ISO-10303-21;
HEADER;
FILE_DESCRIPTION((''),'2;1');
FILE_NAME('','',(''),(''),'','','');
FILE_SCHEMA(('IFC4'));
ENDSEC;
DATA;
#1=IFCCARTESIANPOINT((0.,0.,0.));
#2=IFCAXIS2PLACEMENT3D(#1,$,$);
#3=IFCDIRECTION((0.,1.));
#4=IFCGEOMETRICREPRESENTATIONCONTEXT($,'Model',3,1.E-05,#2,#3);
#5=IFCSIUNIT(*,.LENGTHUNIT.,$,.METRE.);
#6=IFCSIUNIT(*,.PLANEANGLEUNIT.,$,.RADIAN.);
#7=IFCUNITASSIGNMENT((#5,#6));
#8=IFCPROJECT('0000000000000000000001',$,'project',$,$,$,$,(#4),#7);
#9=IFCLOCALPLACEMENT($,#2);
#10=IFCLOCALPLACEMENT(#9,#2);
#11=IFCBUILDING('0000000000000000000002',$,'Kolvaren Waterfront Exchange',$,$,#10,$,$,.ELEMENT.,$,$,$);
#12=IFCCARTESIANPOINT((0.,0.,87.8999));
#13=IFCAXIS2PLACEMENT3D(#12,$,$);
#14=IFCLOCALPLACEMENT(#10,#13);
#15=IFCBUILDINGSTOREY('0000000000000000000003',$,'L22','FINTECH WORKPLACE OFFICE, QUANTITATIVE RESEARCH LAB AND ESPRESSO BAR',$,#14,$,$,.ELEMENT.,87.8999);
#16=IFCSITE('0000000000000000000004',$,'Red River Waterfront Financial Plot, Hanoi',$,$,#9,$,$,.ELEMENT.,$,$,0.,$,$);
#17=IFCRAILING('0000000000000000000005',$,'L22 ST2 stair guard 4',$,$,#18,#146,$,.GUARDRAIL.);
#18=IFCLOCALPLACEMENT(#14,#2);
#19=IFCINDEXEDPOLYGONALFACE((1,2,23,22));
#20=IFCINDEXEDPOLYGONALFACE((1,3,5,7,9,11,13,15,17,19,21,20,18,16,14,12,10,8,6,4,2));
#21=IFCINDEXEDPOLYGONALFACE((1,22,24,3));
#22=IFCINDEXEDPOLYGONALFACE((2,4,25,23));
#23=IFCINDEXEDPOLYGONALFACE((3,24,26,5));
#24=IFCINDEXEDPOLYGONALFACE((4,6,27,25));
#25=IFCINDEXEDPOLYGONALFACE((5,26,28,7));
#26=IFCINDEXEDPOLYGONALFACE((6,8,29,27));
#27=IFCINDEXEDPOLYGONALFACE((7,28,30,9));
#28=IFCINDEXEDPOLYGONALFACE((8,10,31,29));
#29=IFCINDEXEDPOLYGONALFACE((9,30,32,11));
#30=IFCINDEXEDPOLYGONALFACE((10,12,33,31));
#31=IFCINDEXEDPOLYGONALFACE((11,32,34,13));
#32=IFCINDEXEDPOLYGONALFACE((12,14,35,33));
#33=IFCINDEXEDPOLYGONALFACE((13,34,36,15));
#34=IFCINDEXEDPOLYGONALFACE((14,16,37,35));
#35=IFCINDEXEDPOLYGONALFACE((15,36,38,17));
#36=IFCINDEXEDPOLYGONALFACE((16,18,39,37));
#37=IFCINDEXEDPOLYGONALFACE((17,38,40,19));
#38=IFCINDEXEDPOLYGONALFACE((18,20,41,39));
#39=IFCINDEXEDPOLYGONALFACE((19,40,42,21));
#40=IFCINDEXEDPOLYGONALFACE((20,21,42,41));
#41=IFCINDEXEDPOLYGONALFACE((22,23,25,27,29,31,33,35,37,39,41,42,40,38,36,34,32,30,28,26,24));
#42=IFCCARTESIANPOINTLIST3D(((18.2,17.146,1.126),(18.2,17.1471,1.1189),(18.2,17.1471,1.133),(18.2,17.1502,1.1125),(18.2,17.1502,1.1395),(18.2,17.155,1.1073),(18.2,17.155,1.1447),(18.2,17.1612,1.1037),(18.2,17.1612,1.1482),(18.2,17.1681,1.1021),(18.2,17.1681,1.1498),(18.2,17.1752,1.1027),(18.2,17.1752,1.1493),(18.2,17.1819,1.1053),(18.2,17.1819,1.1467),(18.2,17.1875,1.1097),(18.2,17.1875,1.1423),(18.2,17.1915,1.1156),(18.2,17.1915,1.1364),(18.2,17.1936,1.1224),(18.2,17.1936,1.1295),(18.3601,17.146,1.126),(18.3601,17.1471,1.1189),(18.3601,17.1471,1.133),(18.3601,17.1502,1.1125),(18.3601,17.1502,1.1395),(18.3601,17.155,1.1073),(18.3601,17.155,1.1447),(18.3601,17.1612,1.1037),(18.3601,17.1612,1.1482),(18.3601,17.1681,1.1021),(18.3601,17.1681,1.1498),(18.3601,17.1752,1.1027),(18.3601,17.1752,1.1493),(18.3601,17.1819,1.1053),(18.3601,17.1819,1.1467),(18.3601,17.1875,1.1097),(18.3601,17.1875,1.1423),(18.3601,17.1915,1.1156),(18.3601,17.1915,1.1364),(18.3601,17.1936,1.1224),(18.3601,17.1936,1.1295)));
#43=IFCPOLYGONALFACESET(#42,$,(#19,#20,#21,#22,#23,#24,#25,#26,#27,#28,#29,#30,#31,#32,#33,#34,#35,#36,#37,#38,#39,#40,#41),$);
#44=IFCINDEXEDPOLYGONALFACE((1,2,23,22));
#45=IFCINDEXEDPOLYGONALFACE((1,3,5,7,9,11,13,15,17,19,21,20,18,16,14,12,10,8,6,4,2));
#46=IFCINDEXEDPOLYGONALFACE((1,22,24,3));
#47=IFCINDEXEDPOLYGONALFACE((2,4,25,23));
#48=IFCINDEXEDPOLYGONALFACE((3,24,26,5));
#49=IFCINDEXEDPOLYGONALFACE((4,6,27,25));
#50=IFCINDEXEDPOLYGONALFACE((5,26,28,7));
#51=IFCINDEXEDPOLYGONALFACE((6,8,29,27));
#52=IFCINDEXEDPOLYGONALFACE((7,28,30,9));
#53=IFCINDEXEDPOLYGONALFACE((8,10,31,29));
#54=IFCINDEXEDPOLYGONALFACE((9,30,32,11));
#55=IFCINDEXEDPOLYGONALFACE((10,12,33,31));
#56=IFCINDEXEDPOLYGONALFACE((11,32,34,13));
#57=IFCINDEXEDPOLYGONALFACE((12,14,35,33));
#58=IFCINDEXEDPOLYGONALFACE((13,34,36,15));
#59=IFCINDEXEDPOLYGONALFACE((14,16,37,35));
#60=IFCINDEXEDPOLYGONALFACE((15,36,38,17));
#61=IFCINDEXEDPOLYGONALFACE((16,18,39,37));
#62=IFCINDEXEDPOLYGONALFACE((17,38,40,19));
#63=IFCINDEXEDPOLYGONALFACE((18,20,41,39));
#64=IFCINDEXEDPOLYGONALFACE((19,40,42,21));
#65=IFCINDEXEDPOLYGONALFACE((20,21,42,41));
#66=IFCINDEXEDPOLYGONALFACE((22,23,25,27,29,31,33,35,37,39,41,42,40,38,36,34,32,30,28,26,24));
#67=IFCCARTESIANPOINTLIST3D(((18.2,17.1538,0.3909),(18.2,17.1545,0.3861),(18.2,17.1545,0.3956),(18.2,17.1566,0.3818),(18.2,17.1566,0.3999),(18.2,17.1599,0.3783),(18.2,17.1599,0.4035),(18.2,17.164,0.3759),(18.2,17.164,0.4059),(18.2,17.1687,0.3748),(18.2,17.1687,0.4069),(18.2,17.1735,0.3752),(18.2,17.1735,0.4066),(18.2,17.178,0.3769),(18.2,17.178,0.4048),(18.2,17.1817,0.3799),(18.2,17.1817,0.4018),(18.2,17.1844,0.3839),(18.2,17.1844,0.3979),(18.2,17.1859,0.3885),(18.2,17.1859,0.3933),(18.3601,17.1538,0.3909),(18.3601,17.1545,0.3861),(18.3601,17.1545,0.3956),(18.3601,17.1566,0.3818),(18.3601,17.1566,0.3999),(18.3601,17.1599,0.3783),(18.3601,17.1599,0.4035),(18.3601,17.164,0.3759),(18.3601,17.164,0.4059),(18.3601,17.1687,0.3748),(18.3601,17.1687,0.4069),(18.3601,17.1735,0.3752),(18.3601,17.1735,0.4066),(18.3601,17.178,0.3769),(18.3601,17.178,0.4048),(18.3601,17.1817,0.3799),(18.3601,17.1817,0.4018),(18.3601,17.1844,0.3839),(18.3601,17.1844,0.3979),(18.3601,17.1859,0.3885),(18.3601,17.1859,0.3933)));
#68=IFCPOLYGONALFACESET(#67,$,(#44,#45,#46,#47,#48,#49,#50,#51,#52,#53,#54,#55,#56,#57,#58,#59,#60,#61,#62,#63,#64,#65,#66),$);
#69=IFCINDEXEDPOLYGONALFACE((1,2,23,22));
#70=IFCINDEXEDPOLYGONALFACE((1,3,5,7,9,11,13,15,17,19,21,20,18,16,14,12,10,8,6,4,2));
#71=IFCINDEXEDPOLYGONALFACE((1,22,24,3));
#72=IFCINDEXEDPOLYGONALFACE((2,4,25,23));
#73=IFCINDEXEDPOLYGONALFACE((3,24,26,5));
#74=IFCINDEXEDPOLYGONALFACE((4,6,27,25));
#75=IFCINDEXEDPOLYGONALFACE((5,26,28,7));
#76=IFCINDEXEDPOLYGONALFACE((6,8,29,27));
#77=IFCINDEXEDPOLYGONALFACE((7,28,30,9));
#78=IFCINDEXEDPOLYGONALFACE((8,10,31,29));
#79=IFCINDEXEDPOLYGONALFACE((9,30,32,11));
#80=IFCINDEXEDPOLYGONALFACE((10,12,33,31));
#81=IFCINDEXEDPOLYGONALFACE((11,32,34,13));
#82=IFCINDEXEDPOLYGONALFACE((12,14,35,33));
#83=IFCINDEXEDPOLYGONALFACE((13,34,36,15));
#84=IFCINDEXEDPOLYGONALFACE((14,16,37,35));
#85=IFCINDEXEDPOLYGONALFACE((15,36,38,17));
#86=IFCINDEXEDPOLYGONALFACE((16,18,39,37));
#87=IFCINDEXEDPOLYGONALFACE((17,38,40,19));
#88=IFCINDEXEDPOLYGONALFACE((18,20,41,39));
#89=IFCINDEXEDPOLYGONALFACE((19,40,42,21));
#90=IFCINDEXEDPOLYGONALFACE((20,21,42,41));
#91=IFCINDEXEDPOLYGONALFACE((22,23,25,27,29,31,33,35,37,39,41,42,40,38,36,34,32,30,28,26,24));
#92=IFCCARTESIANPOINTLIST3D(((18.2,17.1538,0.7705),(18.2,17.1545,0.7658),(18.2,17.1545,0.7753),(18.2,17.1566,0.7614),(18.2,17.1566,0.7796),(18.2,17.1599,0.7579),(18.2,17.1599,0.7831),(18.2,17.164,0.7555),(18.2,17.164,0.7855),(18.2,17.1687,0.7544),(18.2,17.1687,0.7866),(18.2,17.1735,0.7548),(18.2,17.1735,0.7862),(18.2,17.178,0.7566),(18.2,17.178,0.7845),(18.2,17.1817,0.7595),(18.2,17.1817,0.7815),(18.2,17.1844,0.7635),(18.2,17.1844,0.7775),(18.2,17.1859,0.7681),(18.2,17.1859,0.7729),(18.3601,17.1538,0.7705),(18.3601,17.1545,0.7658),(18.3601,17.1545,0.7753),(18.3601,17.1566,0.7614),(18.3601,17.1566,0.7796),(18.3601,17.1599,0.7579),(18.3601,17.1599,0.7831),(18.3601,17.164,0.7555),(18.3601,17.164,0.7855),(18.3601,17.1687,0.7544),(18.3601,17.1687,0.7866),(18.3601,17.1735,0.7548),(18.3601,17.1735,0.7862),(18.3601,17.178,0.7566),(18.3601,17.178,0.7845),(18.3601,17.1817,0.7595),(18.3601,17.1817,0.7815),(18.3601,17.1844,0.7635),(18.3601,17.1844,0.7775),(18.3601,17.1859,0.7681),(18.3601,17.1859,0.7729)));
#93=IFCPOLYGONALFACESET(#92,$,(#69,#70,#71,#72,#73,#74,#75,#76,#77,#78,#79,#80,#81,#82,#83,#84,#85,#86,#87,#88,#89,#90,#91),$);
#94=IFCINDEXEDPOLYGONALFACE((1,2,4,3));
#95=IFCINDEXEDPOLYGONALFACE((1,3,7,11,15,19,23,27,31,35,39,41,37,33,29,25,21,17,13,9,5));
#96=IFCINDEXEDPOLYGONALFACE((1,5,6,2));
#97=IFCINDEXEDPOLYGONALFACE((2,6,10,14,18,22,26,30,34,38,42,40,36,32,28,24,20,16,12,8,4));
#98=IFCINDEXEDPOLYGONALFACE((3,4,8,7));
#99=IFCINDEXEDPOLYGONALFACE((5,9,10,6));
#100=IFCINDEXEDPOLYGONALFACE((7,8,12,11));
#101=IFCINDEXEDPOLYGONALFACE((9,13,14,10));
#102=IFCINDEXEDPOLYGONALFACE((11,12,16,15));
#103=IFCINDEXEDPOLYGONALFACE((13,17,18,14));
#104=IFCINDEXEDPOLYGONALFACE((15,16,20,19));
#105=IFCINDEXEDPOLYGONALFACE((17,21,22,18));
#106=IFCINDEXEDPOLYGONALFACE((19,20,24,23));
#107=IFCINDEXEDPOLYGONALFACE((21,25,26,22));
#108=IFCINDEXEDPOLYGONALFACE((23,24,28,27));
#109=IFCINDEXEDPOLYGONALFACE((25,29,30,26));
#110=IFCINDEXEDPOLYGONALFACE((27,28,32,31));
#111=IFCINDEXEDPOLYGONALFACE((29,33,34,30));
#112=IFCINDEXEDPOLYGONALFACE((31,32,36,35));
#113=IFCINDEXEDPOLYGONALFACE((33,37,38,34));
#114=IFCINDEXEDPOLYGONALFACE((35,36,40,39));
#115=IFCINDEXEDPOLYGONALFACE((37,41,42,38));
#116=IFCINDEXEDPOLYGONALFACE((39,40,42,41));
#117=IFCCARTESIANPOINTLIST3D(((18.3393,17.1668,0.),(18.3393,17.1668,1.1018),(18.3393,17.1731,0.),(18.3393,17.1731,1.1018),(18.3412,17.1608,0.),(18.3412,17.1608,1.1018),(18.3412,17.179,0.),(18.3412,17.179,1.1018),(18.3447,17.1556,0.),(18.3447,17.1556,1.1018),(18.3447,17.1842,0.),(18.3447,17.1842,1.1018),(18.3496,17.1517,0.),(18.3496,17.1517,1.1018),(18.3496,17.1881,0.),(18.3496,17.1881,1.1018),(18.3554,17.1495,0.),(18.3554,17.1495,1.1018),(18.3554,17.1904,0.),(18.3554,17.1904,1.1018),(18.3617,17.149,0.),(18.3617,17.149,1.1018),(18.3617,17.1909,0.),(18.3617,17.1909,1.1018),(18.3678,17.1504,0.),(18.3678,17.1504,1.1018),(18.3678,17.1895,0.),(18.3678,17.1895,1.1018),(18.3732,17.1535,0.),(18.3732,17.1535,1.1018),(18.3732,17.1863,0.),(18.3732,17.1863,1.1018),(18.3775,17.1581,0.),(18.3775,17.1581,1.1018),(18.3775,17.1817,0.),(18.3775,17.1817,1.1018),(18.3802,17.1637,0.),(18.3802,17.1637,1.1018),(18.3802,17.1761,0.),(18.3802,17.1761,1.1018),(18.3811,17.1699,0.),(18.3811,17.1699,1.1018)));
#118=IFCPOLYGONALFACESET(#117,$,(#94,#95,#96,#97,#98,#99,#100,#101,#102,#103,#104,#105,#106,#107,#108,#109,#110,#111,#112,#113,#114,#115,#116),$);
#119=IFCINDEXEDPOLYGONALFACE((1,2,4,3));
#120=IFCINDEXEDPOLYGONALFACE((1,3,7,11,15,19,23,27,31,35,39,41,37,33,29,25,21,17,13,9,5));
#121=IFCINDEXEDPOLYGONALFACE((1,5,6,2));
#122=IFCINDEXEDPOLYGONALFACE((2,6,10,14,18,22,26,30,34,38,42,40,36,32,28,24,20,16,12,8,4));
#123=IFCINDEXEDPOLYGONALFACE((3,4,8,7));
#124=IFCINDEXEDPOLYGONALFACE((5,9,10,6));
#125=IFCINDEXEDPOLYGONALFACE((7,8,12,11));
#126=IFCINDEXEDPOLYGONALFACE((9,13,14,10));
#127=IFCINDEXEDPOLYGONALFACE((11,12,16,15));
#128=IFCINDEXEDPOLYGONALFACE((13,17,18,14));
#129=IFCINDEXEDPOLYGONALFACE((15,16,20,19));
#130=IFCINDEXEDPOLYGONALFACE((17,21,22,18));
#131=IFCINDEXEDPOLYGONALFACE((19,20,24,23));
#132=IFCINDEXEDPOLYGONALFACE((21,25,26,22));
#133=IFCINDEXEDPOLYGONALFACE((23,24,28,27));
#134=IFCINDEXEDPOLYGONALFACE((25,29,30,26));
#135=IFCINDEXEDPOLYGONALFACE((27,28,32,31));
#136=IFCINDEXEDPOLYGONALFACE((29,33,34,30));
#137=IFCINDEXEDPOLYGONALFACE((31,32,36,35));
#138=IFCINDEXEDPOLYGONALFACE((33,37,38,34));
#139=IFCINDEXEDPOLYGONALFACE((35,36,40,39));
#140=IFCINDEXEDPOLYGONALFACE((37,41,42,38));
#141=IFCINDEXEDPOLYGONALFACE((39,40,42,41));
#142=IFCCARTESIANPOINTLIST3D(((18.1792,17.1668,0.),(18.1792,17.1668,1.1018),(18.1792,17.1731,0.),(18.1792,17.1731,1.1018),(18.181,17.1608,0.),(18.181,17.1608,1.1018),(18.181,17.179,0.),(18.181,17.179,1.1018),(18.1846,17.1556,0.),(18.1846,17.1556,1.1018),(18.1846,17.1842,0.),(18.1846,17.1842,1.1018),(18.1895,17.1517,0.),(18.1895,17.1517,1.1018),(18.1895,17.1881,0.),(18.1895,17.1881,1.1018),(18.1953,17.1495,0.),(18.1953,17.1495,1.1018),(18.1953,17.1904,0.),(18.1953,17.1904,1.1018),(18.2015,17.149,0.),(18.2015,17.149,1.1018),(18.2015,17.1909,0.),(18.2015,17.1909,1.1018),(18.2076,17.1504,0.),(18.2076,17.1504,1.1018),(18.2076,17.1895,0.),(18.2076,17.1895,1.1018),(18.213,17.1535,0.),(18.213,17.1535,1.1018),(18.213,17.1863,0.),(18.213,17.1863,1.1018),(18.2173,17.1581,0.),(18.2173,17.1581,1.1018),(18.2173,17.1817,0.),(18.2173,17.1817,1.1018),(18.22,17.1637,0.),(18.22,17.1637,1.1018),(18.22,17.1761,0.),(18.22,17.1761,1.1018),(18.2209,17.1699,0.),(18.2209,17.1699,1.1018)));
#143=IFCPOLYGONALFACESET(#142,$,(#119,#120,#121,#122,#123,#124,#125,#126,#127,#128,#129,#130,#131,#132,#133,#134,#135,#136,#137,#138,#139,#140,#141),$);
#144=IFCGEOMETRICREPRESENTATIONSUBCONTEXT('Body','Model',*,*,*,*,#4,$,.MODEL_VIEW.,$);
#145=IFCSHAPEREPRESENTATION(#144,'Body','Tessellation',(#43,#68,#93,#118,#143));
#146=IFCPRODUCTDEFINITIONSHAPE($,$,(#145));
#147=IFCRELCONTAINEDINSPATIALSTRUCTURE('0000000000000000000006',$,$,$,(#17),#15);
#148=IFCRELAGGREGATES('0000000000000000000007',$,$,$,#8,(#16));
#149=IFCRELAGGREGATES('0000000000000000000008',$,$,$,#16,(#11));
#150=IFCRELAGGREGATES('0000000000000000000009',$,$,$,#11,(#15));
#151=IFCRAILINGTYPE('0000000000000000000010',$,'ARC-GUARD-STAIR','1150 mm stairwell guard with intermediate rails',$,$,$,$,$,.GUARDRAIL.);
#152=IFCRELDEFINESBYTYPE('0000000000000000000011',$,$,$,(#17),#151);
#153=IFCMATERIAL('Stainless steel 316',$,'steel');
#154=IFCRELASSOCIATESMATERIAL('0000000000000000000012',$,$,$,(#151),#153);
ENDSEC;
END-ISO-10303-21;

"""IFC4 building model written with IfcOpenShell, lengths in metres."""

from ifc_helpers import new_model, si_unit, direction, frame, origin, origin_2d, place, context, subcontext, project, spatial, circle, extrude, material, type_object, element, save


model = new_model("IFC4")

# Units and contexts
model_context = context("Model", 3, precision=1e-05, world=origin(), true_north=direction((0.0, 1.0)))
body_context = subcontext(model_context, "Body", "Model", "MODEL_VIEW")
ifc_project = project(units=[si_unit("LENGTHUNIT", "METRE"), si_unit("PLANEANGLEUNIT", "RADIAN")], contexts=[model_context])

# Site, building, storey
site_placement = place(None, origin())
site = spatial("IfcSite", under=ifc_project, at=site_placement, Name="Red River Waterfront Financial Plot, Hanoi", CompositionType="ELEMENT", RefElevation=0.0)
building_placement = place(site_placement, origin())
building = spatial("IfcBuilding", under=site, at=building_placement, Name="Kolvaren Waterfront Exchange", CompositionType="ELEMENT")
storey_placement = place(building_placement, frame((0.0, 0.0, 87.8999)))
storey = spatial("IfcBuildingStorey", under=building, at=storey_placement, Name="L22", Description="FINTECH WORKPLACE OFFICE, QUANTITATIVE RESEARCH LAB AND ESPRESSO BAR", CompositionType="ELEMENT", Elevation=87.8999)

# Railing
ifc_material_1 = material(Name="Stainless steel 316", Category="steel")
railing_type_1 = type_object("IfcRailingType", Name="ARC-GUARD-STAIR", Description="1150 mm stairwell guard with intermediate rails", PredefinedType="GUARDRAIL", material=ifc_material_1)
railing_1_placement = place(storey_placement, frame((18.3601, 17.1699, 0.0)))
element("IfcRailing", 1, at=railing_1_placement, inside=storey, type_object=railing_type_1, Name="L22 ST2 stair guard 4", PredefinedType="GUARDRAIL", context=body_context, shape_type="SweptSolid", body=[
    extrude(circle(Radius=0.0239, at=origin_2d()), frame((0.0, 0.0, 1.126), z_axis=(-1.0, 0.0, 0.0), x_axis=(0.0, -1.0, 0.0)), (0.0, 0.0, 1.0), 0.1602),
    extrude(circle(Radius=0.0161, at=origin_2d()), frame((0.0, 0.0, 0.3909), z_axis=(-1.0, 0.0, 0.0), x_axis=(0.0, -1.0, 0.0)), (0.0, 0.0, 1.0), 0.1602),
    extrude(circle(Radius=0.0161, at=origin_2d()), frame((0.0, 0.0, 0.7705), z_axis=(-1.0, 0.0, 0.0), x_axis=(0.0, -1.0, 0.0)), (0.0, 0.0, 1.0), 0.1602),
    extrude(circle(Radius=0.021, at=origin_2d()), origin(), (0.0, 0.0, 1.0), 1.1018),
    extrude(circle(Radius=0.021, at=origin_2d()), frame((-0.1602, 0.0, 0.0)), (0.0, 0.0, 1.0), 1.1018),
])

save(model, "model.ifc")
